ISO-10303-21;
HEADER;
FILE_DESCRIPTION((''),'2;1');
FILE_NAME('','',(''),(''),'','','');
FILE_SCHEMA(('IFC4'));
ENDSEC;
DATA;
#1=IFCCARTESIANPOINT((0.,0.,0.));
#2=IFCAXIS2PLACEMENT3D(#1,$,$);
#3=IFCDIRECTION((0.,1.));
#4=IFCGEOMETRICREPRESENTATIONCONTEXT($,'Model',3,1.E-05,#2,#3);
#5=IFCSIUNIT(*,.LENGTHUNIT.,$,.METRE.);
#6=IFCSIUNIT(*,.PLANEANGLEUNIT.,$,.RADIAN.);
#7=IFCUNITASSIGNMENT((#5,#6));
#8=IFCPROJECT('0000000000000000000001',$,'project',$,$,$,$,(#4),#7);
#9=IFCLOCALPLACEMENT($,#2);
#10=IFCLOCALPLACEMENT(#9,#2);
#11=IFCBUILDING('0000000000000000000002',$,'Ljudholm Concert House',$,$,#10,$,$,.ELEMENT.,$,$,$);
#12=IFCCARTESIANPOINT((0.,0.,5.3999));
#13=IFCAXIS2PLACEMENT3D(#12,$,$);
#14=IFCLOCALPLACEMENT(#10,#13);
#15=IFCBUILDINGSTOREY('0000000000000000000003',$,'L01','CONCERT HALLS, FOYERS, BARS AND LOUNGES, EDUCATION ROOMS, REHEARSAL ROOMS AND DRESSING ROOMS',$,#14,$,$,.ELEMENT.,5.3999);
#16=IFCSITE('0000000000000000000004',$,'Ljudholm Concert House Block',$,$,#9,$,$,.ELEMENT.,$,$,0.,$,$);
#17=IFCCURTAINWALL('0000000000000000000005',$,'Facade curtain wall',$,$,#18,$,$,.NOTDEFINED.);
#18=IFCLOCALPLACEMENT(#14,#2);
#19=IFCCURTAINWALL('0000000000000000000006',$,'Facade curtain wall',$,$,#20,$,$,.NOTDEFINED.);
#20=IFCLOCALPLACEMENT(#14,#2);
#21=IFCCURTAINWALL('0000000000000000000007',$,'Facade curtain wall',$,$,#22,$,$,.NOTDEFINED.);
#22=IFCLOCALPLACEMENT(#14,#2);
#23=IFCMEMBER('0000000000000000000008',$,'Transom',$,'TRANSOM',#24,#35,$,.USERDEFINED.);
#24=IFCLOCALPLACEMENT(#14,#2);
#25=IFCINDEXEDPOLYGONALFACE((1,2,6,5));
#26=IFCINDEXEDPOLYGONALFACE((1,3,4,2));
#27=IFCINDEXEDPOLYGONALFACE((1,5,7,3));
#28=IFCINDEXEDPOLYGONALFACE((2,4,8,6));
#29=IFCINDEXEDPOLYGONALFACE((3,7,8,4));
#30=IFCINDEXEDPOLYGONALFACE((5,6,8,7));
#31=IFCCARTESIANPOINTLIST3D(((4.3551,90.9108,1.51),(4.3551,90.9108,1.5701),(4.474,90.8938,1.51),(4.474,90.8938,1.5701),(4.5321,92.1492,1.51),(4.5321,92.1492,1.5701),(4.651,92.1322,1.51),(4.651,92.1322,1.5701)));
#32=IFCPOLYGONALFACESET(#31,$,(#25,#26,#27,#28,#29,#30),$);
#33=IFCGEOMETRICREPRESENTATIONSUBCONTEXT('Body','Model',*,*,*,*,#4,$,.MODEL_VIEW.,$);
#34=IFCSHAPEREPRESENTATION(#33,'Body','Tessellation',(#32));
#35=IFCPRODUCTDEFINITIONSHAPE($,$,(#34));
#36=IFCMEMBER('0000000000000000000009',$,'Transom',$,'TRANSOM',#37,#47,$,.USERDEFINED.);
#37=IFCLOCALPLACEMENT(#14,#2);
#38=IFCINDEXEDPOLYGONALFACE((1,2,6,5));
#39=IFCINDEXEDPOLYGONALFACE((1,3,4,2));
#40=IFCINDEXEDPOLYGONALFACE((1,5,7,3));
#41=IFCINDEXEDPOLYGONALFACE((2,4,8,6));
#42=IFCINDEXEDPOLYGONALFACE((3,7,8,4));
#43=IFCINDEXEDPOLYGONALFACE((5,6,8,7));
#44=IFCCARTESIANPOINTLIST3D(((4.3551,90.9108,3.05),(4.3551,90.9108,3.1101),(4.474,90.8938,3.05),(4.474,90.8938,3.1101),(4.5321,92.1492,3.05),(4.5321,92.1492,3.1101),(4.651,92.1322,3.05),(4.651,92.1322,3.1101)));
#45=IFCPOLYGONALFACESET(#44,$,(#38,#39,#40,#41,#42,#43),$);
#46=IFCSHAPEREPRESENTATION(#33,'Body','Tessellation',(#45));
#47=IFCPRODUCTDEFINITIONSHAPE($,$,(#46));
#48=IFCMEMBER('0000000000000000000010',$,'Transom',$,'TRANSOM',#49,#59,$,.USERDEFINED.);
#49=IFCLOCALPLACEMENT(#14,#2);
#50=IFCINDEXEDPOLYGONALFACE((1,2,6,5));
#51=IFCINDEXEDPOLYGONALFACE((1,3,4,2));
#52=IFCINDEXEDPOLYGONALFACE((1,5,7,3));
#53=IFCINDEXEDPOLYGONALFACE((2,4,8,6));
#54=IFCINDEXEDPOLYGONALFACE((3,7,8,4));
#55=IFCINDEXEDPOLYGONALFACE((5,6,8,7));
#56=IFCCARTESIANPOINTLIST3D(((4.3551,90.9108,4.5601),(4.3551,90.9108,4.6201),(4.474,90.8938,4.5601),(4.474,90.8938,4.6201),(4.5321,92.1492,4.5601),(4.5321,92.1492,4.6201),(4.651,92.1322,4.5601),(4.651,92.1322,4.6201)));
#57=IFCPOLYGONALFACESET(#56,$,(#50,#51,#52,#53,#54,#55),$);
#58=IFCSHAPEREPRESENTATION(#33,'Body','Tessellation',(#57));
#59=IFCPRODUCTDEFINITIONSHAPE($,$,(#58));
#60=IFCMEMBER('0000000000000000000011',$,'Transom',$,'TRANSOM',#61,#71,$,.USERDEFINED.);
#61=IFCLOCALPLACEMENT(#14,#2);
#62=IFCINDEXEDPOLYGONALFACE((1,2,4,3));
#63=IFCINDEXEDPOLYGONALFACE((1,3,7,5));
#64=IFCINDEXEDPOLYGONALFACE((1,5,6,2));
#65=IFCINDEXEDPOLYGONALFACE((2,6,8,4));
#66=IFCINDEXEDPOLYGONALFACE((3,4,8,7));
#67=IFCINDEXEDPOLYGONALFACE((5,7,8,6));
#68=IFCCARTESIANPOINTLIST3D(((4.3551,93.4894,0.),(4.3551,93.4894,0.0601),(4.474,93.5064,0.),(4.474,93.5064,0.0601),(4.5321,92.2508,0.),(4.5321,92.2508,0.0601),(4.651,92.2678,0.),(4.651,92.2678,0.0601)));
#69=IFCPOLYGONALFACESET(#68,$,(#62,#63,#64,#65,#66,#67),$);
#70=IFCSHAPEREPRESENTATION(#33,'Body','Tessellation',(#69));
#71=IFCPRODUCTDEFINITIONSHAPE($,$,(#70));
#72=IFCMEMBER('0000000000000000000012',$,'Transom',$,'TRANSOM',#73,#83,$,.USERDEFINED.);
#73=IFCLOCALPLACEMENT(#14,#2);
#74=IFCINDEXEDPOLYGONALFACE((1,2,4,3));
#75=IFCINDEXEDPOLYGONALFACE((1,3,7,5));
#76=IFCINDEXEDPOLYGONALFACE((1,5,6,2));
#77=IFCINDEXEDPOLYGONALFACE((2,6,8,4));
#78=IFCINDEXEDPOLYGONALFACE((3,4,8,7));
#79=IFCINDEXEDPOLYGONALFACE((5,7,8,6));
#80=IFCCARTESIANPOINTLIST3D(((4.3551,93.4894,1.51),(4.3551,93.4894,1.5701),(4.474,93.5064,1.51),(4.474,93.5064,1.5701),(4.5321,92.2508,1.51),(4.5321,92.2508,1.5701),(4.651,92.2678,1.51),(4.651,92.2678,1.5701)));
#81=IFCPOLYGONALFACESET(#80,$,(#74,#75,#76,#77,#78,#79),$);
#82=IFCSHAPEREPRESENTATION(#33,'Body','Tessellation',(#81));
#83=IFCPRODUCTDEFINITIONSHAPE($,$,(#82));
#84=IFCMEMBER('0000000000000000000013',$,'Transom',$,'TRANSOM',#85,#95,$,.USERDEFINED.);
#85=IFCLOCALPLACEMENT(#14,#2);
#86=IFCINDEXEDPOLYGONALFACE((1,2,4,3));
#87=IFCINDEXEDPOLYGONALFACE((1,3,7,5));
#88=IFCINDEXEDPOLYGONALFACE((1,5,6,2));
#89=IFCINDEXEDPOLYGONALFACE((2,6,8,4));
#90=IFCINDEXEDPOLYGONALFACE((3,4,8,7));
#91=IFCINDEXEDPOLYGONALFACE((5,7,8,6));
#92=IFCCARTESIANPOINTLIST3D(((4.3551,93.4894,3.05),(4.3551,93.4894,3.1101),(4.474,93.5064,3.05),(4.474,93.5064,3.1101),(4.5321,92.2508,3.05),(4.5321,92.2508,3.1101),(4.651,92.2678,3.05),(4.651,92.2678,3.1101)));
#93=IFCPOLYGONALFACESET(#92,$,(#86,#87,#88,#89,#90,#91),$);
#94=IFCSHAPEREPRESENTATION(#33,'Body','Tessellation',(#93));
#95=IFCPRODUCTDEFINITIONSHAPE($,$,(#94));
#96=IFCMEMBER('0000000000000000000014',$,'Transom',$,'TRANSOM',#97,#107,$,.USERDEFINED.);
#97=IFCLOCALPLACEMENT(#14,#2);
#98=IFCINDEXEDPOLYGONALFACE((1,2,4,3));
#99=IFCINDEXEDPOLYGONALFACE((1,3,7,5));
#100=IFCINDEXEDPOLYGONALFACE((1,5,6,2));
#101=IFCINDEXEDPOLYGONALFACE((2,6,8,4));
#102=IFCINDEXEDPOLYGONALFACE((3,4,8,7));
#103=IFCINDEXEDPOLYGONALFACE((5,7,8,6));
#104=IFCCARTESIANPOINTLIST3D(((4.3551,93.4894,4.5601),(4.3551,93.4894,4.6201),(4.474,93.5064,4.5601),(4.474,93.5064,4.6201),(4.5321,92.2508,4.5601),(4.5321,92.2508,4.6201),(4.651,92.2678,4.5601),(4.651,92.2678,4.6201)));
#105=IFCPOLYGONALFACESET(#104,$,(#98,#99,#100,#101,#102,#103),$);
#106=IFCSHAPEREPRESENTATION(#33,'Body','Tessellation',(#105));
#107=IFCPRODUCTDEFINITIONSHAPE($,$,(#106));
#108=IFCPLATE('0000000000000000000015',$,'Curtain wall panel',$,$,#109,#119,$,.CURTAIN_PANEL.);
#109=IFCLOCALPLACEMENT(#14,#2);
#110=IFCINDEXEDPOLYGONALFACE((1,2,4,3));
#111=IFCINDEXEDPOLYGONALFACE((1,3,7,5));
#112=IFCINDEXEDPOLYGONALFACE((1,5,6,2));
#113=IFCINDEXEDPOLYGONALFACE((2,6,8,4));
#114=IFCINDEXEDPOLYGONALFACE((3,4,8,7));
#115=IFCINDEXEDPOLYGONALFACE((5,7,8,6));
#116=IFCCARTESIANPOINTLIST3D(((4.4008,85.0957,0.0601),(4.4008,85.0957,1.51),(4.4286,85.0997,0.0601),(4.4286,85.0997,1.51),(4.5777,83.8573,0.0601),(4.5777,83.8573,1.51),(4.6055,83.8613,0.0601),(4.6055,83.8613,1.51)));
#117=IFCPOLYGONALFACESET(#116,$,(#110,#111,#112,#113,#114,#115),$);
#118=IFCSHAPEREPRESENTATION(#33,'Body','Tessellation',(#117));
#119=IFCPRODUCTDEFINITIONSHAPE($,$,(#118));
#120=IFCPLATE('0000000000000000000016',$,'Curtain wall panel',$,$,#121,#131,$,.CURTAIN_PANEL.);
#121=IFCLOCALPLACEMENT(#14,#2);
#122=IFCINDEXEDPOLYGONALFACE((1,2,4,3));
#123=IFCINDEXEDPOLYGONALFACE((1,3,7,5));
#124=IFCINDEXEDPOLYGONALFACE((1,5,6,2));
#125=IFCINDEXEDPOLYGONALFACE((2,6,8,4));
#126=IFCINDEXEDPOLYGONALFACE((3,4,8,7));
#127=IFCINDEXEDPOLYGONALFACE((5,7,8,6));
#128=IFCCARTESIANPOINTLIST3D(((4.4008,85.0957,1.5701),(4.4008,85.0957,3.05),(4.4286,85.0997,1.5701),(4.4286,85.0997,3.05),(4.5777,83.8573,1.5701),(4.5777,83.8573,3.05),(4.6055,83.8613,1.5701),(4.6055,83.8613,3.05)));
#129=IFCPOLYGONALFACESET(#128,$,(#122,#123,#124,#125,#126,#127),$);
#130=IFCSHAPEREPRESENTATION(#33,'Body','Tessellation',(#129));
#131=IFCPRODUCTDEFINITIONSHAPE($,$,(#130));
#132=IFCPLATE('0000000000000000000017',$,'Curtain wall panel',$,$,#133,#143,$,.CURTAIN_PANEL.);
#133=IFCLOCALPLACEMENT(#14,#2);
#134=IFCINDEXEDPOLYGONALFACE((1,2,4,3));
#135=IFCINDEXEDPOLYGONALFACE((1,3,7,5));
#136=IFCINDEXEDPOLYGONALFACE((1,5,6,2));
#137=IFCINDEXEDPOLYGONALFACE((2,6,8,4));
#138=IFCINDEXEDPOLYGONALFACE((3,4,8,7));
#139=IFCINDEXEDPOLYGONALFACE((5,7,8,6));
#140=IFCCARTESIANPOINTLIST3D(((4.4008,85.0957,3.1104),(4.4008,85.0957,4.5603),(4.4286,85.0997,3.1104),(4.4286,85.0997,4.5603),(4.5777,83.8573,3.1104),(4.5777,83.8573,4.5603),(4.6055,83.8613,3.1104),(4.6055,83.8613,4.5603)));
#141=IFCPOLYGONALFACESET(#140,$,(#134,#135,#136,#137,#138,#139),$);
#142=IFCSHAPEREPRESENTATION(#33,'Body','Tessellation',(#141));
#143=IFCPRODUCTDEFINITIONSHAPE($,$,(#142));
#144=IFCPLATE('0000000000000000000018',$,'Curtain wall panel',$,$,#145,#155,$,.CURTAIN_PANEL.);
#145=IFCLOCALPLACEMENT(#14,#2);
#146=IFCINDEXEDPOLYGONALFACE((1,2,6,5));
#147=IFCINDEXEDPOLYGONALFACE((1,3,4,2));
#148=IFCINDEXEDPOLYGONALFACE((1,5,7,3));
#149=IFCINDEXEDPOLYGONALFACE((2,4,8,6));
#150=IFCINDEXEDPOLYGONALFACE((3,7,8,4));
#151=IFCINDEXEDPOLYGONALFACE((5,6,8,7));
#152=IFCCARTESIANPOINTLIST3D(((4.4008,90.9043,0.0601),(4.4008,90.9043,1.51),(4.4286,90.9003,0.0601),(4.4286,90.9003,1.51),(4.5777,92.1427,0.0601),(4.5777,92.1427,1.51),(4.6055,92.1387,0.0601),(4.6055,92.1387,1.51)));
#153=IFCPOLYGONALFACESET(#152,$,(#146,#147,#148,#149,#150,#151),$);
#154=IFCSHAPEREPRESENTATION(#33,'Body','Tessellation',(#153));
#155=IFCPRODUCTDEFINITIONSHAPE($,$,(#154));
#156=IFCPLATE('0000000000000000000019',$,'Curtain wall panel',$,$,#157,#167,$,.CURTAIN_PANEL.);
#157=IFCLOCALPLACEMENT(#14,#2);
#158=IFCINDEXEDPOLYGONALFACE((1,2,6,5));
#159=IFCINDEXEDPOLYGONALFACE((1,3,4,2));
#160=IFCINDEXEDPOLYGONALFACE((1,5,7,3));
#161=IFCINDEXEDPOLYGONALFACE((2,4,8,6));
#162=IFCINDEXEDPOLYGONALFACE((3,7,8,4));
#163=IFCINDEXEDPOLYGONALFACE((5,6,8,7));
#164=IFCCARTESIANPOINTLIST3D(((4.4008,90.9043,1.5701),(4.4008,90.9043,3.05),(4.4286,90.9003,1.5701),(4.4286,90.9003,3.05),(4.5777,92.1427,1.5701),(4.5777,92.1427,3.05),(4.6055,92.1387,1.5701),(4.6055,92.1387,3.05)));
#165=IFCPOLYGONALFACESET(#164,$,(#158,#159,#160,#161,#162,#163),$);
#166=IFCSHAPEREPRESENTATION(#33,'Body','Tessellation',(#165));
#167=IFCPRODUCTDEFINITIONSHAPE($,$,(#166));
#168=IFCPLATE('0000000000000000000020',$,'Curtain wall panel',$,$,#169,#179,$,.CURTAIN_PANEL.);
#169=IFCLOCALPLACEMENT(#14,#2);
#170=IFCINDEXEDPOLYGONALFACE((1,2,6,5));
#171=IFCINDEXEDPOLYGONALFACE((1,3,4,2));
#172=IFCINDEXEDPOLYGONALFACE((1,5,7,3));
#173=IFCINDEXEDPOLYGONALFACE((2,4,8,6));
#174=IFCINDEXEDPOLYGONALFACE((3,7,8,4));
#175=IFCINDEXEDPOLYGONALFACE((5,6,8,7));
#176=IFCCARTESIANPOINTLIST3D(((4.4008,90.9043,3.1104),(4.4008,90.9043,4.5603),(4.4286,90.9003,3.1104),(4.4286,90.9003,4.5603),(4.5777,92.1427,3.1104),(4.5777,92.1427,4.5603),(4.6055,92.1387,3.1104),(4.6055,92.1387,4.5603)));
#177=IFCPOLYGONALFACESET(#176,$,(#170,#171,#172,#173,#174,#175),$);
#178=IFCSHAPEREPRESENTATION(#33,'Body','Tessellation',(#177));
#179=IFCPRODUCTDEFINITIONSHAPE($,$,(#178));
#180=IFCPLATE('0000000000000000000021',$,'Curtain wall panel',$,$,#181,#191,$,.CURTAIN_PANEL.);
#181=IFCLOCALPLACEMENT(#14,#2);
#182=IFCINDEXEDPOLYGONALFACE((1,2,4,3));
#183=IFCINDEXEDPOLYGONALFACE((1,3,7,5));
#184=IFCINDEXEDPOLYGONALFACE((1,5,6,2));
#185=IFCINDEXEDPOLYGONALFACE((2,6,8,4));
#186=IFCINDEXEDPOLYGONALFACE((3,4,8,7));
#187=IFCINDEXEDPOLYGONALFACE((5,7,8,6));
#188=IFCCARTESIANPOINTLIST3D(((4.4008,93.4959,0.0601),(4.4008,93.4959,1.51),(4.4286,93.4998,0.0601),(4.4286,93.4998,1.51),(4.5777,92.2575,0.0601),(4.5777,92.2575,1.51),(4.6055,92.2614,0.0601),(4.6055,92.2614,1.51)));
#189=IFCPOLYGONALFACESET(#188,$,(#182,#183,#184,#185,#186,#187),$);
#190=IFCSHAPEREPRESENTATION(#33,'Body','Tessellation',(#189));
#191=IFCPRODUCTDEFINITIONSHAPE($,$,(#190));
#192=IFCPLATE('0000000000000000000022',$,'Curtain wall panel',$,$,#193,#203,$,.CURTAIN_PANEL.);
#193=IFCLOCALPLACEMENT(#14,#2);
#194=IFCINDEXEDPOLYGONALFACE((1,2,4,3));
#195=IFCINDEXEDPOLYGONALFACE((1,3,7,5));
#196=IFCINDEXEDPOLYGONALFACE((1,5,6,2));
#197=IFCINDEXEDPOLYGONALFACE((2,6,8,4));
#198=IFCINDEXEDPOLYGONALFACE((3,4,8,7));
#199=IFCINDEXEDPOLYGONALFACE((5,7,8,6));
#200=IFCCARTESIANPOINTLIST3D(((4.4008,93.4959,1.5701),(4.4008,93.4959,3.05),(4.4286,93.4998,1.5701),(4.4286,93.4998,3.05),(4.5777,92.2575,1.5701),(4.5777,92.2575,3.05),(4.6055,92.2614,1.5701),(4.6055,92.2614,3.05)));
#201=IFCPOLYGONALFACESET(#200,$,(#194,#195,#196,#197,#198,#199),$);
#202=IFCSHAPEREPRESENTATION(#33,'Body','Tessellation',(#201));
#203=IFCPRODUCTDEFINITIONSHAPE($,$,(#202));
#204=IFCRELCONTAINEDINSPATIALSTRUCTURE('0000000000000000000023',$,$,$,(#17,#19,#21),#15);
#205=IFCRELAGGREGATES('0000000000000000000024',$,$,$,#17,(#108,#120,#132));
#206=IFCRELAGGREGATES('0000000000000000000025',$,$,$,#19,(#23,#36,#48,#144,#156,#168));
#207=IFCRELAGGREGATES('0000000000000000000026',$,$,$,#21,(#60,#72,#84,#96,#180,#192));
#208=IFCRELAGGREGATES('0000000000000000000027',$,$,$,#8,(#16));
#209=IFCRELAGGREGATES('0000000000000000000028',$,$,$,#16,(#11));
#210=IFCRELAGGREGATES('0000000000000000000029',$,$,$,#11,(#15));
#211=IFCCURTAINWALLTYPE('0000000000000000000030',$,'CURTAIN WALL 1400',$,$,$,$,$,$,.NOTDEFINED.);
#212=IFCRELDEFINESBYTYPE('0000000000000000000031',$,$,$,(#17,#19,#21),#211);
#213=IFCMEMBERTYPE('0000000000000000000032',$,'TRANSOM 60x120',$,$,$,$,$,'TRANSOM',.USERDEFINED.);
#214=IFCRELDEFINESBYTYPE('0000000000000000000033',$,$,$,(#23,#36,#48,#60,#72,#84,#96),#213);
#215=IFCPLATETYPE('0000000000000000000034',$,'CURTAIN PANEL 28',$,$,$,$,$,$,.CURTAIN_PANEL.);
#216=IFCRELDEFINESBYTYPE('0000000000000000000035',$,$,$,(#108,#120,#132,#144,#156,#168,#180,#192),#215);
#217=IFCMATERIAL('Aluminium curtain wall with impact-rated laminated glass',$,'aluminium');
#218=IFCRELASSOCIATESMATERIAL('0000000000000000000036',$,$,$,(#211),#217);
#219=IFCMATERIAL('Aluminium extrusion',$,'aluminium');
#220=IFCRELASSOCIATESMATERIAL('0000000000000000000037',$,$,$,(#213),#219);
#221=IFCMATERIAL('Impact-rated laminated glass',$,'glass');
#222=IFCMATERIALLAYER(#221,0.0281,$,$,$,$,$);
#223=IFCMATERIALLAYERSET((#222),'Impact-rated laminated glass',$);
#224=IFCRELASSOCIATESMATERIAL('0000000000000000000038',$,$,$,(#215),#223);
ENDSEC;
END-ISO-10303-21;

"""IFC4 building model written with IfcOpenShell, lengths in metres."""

from ifc_helpers import new_model, si_unit, direction, frame, origin, origin_2d, place, context, subcontext, project, spatial, rectangle, extrude, material, layer, layer_set, material_profile, profile_set, type_object, element, aggregate, save


model = new_model("IFC4")

# Units and contexts
model_context = context("Model", 3, precision=1e-05, world=origin(), true_north=direction((0.0, 1.0)))
body_context = subcontext(model_context, "Body", "Model", "MODEL_VIEW")
ifc_project = project(units=[si_unit("LENGTHUNIT", "METRE"), si_unit("PLANEANGLEUNIT", "RADIAN")], contexts=[model_context])

# Site, building, storey
site_placement = place(None, origin())
site = spatial("IfcSite", under=ifc_project, at=site_placement, Name="Ljudholm Concert House Block", CompositionType="ELEMENT", RefElevation=0.0)
building_placement = place(site_placement, origin())
building = spatial("IfcBuilding", under=site, at=building_placement, Name="Ljudholm Concert House", CompositionType="ELEMENT")
storey_placement = place(building_placement, frame((0.0, 0.0, 5.3999)))
storey = spatial("IfcBuildingStorey", under=building, at=storey_placement, Name="L01", Description="CONCERT HALLS, FOYERS, BARS AND LOUNGES, EDUCATION ROOMS, REHEARSAL ROOMS AND DRESSING ROOMS", CompositionType="ELEMENT", Elevation=5.3999)

# Curtain wall
ifc_material_1 = material(Name="Aluminium curtain wall with impact-rated laminated glass", Category="aluminium")
curtain_wall_type = type_object("IfcCurtainWallType", Name="CURTAIN WALL 1400", PredefinedType="NOTDEFINED", material=ifc_material_1)
curtain_wall_1_placement = place(storey_placement, origin())
curtain_wall_1 = element("IfcCurtainWall", 1, at=curtain_wall_1_placement, inside=storey, type_object=curtain_wall_type, Name="Facade curtain wall", PredefinedType="NOTDEFINED")

# Curtain walls
curtain_wall_2_placement = place(storey_placement, origin())
curtain_wall_2 = element("IfcCurtainWall", 2, at=curtain_wall_2_placement, inside=storey, type_object=curtain_wall_type, Name="Facade curtain wall", PredefinedType="NOTDEFINED")
curtain_wall_3_placement = place(storey_placement, origin())
curtain_wall_3 = element("IfcCurtainWall", 3, at=curtain_wall_3_placement, inside=storey, type_object=curtain_wall_type, Name="Facade curtain wall", PredefinedType="NOTDEFINED")

# Members
ifc_material_2 = material(Name="Aluminium extrusion", Category="aluminium")
ifc_material_profile_1 = material_profile(ifc_material_2, rectangle(XDim=0.1201, YDim=0.0601, at=origin_2d()), Name="TRANSOM 60x120")
ifc_profile_set_1 = profile_set([ifc_material_profile_1], Name="Aluminium extrusion")
member_type_1 = type_object("IfcMemberType", Name="TRANSOM 60x120", ElementType="TRANSOM", PredefinedType="USERDEFINED", material=ifc_profile_set_1)
member_1_placement = place(storey_placement, frame((4.4146, 90.9023, 1.54), z_axis=(0.141503, 0.989938, 0.0), x_axis=(-0.989938, 0.141503, 0.0)))
member_1 = element("IfcMember", 4, at=member_1_placement, type_object=member_type_1, Name="Transom", ObjectType="TRANSOM", PredefinedType="USERDEFINED", context=body_context, shape_type="SweptSolid", body=[
    extrude(rectangle(XDim=0.1201, YDim=0.0601, at=origin_2d()), origin(), (0.0, 0.0, 1.0), 1.251),
])
member_2_placement = place(storey_placement, frame((4.4146, 90.9023, 3.0801), z_axis=(0.141503, 0.989938, 0.0), x_axis=(-0.989938, 0.141503, 0.0)))
member_2 = element("IfcMember", 5, at=member_2_placement, type_object=member_type_1, Name="Transom", ObjectType="TRANSOM", PredefinedType="USERDEFINED", context=body_context, shape_type="SweptSolid", body=[
    extrude(rectangle(XDim=0.1201, YDim=0.0601, at=origin_2d()), origin(), (0.0, 0.0, 1.0), 1.251),
])
member_3_placement = place(storey_placement, frame((4.4146, 90.9023, 4.5901), z_axis=(0.141503, 0.989938, 0.0), x_axis=(-0.989938, 0.141503, 0.0)))
member_3 = element("IfcMember", 6, at=member_3_placement, type_object=member_type_1, Name="Transom", ObjectType="TRANSOM", PredefinedType="USERDEFINED", context=body_context, shape_type="SweptSolid", body=[
    extrude(rectangle(XDim=0.1201, YDim=0.0601, at=origin_2d()), origin(), (0.0, 0.0, 1.0), 1.251),
])
member_4_placement = place(storey_placement, frame((4.5916, 92.2593, 0.03), z_axis=(-0.141476, 0.989942, 0.0), x_axis=(-0.989942, -0.141476, 0.0)))
member_4 = element("IfcMember", 7, at=member_4_placement, type_object=member_type_1, Name="Transom", ObjectType="TRANSOM", PredefinedType="USERDEFINED", context=body_context, shape_type="SweptSolid", body=[
    extrude(rectangle(XDim=0.1201, YDim=0.0601, at=origin_2d()), origin(), (0.0, 0.0, 1.0), 1.2512),
])
member_5_placement = place(storey_placement, frame((4.5916, 92.2593, 1.54), z_axis=(-0.141476, 0.989942, 0.0), x_axis=(-0.989942, -0.141476, 0.0)))
member_5 = element("IfcMember", 8, at=member_5_placement, type_object=member_type_1, Name="Transom", ObjectType="TRANSOM", PredefinedType="USERDEFINED", context=body_context, shape_type="SweptSolid", body=[
    extrude(rectangle(XDim=0.1201, YDim=0.0601, at=origin_2d()), origin(), (0.0, 0.0, 1.0), 1.2512),
])
member_6_placement = place(storey_placement, frame((4.5916, 92.2593, 3.0801), z_axis=(-0.141476, 0.989942, 0.0), x_axis=(-0.989942, -0.141476, 0.0)))
member_6 = element("IfcMember", 9, at=member_6_placement, type_object=member_type_1, Name="Transom", ObjectType="TRANSOM", PredefinedType="USERDEFINED", context=body_context, shape_type="SweptSolid", body=[
    extrude(rectangle(XDim=0.1201, YDim=0.0601, at=origin_2d()), origin(), (0.0, 0.0, 1.0), 1.2512),
])
member_7_placement = place(storey_placement, frame((4.5916, 92.2593, 4.5901), z_axis=(-0.141476, 0.989942, 0.0), x_axis=(-0.989942, -0.141476, 0.0)))
member_7 = element("IfcMember", 10, at=member_7_placement, type_object=member_type_1, Name="Transom", ObjectType="TRANSOM", PredefinedType="USERDEFINED", context=body_context, shape_type="SweptSolid", body=[
    extrude(rectangle(XDim=0.1201, YDim=0.0601, at=origin_2d()), origin(), (0.0, 0.0, 1.0), 1.2512),
])

# Plates
ifc_material_3 = material(Name="Impact-rated laminated glass", Category="glass")
ifc_layer = layer(ifc_material_3, 0.0281)
ifc_layer_set = layer_set([ifc_layer], Name="Impact-rated laminated glass")
plate_type = type_object("IfcPlateType", Name="CURTAIN PANEL 28", PredefinedType="CURTAIN_PANEL", material=ifc_layer_set)
plate_1_placement = place(storey_placement, frame((4.5032, 84.4785, 0.0601), z_axis=(0.0, 0.0, 1.0), x_axis=(-0.141421, 0.989949, 0.0)))
plate_1 = element("IfcPlate", 11, at=plate_1_placement, type_object=plate_type, Name="Curtain wall panel", PredefinedType="CURTAIN_PANEL", context=body_context, shape_type="SweptSolid", body=[
    extrude(rectangle(XDim=1.251, YDim=0.0281, at=origin_2d()), origin(), (0.0, 0.0, 1.0), 1.45),
])
plate_2_placement = place(storey_placement, frame((4.5032, 84.4785, 1.5701), z_axis=(0.0, 0.0, 1.0), x_axis=(-0.141421, 0.989949, 0.0)))
plate_2 = element("IfcPlate", 12, at=plate_2_placement, type_object=plate_type, Name="Curtain wall panel", PredefinedType="CURTAIN_PANEL", context=body_context, shape_type="SweptSolid", body=[
    extrude(rectangle(XDim=1.251, YDim=0.0281, at=origin_2d()), origin(), (0.0, 0.0, 1.0), 1.48),
])
plate_3_placement = place(storey_placement, frame((4.5032, 84.4785, 3.1104), z_axis=(0.0, 0.0, 1.0), x_axis=(-0.141421, 0.989949, 0.0)))
plate_3 = element("IfcPlate", 13, at=plate_3_placement, type_object=plate_type, Name="Curtain wall panel", PredefinedType="CURTAIN_PANEL", context=body_context, shape_type="SweptSolid", body=[
    extrude(rectangle(XDim=1.251, YDim=0.0281, at=origin_2d()), origin(), (0.0, 0.0, 1.0), 1.45),
])
aggregate(curtain_wall_1, [plate_1, plate_2, plate_3])
plate_4_placement = place(storey_placement, frame((4.5032, 91.5215, 0.0601), z_axis=(0.0, 0.0, 1.0), x_axis=(0.141421, 0.989949, 0.0)))
plate_4 = element("IfcPlate", 14, at=plate_4_placement, type_object=plate_type, Name="Curtain wall panel", PredefinedType="CURTAIN_PANEL", context=body_context, shape_type="SweptSolid", body=[
    extrude(rectangle(XDim=1.251, YDim=0.0281, at=origin_2d()), origin(), (0.0, 0.0, 1.0), 1.45),
])
plate_5_placement = place(storey_placement, frame((4.5032, 91.5215, 1.5701), z_axis=(0.0, 0.0, 1.0), x_axis=(0.141421, 0.989949, 0.0)))
plate_5 = element("IfcPlate", 15, at=plate_5_placement, type_object=plate_type, Name="Curtain wall panel", PredefinedType="CURTAIN_PANEL", context=body_context, shape_type="SweptSolid", body=[
    extrude(rectangle(XDim=1.251, YDim=0.0281, at=origin_2d()), origin(), (0.0, 0.0, 1.0), 1.48),
])
plate_6_placement = place(storey_placement, frame((4.5032, 91.5215, 3.1104), z_axis=(0.0, 0.0, 1.0), x_axis=(0.141421, 0.989949, 0.0)))
plate_6 = element("IfcPlate", 16, at=plate_6_placement, type_object=plate_type, Name="Curtain wall panel", PredefinedType="CURTAIN_PANEL", context=body_context, shape_type="SweptSolid", body=[
    extrude(rectangle(XDim=1.251, YDim=0.0281, at=origin_2d()), origin(), (0.0, 0.0, 1.0), 1.45),
])
aggregate(curtain_wall_2, [member_1, member_2, member_3, plate_4, plate_5, plate_6])
plate_7_placement = place(storey_placement, frame((4.5032, 92.8787, 0.0601), z_axis=(0.0, 0.0, 1.0), x_axis=(-0.141421, 0.989949, 0.0)))
plate_7 = element("IfcPlate", 17, at=plate_7_placement, type_object=plate_type, Name="Curtain wall panel", PredefinedType="CURTAIN_PANEL", context=body_context, shape_type="SweptSolid", body=[
    extrude(rectangle(XDim=1.251, YDim=0.0281, at=origin_2d()), origin(), (0.0, 0.0, 1.0), 1.45),
])
plate_8_placement = place(storey_placement, frame((4.5032, 92.8787, 1.5701), z_axis=(0.0, 0.0, 1.0), x_axis=(-0.141421, 0.989949, 0.0)))
plate_8 = element("IfcPlate", 18, at=plate_8_placement, type_object=plate_type, Name="Curtain wall panel", PredefinedType="CURTAIN_PANEL", context=body_context, shape_type="SweptSolid", body=[
    extrude(rectangle(XDim=1.251, YDim=0.0281, at=origin_2d()), origin(), (0.0, 0.0, 1.0), 1.48),
])
aggregate(curtain_wall_3, [member_4, member_5, member_6, member_7, plate_7, plate_8])

save(model, "model.ifc")
